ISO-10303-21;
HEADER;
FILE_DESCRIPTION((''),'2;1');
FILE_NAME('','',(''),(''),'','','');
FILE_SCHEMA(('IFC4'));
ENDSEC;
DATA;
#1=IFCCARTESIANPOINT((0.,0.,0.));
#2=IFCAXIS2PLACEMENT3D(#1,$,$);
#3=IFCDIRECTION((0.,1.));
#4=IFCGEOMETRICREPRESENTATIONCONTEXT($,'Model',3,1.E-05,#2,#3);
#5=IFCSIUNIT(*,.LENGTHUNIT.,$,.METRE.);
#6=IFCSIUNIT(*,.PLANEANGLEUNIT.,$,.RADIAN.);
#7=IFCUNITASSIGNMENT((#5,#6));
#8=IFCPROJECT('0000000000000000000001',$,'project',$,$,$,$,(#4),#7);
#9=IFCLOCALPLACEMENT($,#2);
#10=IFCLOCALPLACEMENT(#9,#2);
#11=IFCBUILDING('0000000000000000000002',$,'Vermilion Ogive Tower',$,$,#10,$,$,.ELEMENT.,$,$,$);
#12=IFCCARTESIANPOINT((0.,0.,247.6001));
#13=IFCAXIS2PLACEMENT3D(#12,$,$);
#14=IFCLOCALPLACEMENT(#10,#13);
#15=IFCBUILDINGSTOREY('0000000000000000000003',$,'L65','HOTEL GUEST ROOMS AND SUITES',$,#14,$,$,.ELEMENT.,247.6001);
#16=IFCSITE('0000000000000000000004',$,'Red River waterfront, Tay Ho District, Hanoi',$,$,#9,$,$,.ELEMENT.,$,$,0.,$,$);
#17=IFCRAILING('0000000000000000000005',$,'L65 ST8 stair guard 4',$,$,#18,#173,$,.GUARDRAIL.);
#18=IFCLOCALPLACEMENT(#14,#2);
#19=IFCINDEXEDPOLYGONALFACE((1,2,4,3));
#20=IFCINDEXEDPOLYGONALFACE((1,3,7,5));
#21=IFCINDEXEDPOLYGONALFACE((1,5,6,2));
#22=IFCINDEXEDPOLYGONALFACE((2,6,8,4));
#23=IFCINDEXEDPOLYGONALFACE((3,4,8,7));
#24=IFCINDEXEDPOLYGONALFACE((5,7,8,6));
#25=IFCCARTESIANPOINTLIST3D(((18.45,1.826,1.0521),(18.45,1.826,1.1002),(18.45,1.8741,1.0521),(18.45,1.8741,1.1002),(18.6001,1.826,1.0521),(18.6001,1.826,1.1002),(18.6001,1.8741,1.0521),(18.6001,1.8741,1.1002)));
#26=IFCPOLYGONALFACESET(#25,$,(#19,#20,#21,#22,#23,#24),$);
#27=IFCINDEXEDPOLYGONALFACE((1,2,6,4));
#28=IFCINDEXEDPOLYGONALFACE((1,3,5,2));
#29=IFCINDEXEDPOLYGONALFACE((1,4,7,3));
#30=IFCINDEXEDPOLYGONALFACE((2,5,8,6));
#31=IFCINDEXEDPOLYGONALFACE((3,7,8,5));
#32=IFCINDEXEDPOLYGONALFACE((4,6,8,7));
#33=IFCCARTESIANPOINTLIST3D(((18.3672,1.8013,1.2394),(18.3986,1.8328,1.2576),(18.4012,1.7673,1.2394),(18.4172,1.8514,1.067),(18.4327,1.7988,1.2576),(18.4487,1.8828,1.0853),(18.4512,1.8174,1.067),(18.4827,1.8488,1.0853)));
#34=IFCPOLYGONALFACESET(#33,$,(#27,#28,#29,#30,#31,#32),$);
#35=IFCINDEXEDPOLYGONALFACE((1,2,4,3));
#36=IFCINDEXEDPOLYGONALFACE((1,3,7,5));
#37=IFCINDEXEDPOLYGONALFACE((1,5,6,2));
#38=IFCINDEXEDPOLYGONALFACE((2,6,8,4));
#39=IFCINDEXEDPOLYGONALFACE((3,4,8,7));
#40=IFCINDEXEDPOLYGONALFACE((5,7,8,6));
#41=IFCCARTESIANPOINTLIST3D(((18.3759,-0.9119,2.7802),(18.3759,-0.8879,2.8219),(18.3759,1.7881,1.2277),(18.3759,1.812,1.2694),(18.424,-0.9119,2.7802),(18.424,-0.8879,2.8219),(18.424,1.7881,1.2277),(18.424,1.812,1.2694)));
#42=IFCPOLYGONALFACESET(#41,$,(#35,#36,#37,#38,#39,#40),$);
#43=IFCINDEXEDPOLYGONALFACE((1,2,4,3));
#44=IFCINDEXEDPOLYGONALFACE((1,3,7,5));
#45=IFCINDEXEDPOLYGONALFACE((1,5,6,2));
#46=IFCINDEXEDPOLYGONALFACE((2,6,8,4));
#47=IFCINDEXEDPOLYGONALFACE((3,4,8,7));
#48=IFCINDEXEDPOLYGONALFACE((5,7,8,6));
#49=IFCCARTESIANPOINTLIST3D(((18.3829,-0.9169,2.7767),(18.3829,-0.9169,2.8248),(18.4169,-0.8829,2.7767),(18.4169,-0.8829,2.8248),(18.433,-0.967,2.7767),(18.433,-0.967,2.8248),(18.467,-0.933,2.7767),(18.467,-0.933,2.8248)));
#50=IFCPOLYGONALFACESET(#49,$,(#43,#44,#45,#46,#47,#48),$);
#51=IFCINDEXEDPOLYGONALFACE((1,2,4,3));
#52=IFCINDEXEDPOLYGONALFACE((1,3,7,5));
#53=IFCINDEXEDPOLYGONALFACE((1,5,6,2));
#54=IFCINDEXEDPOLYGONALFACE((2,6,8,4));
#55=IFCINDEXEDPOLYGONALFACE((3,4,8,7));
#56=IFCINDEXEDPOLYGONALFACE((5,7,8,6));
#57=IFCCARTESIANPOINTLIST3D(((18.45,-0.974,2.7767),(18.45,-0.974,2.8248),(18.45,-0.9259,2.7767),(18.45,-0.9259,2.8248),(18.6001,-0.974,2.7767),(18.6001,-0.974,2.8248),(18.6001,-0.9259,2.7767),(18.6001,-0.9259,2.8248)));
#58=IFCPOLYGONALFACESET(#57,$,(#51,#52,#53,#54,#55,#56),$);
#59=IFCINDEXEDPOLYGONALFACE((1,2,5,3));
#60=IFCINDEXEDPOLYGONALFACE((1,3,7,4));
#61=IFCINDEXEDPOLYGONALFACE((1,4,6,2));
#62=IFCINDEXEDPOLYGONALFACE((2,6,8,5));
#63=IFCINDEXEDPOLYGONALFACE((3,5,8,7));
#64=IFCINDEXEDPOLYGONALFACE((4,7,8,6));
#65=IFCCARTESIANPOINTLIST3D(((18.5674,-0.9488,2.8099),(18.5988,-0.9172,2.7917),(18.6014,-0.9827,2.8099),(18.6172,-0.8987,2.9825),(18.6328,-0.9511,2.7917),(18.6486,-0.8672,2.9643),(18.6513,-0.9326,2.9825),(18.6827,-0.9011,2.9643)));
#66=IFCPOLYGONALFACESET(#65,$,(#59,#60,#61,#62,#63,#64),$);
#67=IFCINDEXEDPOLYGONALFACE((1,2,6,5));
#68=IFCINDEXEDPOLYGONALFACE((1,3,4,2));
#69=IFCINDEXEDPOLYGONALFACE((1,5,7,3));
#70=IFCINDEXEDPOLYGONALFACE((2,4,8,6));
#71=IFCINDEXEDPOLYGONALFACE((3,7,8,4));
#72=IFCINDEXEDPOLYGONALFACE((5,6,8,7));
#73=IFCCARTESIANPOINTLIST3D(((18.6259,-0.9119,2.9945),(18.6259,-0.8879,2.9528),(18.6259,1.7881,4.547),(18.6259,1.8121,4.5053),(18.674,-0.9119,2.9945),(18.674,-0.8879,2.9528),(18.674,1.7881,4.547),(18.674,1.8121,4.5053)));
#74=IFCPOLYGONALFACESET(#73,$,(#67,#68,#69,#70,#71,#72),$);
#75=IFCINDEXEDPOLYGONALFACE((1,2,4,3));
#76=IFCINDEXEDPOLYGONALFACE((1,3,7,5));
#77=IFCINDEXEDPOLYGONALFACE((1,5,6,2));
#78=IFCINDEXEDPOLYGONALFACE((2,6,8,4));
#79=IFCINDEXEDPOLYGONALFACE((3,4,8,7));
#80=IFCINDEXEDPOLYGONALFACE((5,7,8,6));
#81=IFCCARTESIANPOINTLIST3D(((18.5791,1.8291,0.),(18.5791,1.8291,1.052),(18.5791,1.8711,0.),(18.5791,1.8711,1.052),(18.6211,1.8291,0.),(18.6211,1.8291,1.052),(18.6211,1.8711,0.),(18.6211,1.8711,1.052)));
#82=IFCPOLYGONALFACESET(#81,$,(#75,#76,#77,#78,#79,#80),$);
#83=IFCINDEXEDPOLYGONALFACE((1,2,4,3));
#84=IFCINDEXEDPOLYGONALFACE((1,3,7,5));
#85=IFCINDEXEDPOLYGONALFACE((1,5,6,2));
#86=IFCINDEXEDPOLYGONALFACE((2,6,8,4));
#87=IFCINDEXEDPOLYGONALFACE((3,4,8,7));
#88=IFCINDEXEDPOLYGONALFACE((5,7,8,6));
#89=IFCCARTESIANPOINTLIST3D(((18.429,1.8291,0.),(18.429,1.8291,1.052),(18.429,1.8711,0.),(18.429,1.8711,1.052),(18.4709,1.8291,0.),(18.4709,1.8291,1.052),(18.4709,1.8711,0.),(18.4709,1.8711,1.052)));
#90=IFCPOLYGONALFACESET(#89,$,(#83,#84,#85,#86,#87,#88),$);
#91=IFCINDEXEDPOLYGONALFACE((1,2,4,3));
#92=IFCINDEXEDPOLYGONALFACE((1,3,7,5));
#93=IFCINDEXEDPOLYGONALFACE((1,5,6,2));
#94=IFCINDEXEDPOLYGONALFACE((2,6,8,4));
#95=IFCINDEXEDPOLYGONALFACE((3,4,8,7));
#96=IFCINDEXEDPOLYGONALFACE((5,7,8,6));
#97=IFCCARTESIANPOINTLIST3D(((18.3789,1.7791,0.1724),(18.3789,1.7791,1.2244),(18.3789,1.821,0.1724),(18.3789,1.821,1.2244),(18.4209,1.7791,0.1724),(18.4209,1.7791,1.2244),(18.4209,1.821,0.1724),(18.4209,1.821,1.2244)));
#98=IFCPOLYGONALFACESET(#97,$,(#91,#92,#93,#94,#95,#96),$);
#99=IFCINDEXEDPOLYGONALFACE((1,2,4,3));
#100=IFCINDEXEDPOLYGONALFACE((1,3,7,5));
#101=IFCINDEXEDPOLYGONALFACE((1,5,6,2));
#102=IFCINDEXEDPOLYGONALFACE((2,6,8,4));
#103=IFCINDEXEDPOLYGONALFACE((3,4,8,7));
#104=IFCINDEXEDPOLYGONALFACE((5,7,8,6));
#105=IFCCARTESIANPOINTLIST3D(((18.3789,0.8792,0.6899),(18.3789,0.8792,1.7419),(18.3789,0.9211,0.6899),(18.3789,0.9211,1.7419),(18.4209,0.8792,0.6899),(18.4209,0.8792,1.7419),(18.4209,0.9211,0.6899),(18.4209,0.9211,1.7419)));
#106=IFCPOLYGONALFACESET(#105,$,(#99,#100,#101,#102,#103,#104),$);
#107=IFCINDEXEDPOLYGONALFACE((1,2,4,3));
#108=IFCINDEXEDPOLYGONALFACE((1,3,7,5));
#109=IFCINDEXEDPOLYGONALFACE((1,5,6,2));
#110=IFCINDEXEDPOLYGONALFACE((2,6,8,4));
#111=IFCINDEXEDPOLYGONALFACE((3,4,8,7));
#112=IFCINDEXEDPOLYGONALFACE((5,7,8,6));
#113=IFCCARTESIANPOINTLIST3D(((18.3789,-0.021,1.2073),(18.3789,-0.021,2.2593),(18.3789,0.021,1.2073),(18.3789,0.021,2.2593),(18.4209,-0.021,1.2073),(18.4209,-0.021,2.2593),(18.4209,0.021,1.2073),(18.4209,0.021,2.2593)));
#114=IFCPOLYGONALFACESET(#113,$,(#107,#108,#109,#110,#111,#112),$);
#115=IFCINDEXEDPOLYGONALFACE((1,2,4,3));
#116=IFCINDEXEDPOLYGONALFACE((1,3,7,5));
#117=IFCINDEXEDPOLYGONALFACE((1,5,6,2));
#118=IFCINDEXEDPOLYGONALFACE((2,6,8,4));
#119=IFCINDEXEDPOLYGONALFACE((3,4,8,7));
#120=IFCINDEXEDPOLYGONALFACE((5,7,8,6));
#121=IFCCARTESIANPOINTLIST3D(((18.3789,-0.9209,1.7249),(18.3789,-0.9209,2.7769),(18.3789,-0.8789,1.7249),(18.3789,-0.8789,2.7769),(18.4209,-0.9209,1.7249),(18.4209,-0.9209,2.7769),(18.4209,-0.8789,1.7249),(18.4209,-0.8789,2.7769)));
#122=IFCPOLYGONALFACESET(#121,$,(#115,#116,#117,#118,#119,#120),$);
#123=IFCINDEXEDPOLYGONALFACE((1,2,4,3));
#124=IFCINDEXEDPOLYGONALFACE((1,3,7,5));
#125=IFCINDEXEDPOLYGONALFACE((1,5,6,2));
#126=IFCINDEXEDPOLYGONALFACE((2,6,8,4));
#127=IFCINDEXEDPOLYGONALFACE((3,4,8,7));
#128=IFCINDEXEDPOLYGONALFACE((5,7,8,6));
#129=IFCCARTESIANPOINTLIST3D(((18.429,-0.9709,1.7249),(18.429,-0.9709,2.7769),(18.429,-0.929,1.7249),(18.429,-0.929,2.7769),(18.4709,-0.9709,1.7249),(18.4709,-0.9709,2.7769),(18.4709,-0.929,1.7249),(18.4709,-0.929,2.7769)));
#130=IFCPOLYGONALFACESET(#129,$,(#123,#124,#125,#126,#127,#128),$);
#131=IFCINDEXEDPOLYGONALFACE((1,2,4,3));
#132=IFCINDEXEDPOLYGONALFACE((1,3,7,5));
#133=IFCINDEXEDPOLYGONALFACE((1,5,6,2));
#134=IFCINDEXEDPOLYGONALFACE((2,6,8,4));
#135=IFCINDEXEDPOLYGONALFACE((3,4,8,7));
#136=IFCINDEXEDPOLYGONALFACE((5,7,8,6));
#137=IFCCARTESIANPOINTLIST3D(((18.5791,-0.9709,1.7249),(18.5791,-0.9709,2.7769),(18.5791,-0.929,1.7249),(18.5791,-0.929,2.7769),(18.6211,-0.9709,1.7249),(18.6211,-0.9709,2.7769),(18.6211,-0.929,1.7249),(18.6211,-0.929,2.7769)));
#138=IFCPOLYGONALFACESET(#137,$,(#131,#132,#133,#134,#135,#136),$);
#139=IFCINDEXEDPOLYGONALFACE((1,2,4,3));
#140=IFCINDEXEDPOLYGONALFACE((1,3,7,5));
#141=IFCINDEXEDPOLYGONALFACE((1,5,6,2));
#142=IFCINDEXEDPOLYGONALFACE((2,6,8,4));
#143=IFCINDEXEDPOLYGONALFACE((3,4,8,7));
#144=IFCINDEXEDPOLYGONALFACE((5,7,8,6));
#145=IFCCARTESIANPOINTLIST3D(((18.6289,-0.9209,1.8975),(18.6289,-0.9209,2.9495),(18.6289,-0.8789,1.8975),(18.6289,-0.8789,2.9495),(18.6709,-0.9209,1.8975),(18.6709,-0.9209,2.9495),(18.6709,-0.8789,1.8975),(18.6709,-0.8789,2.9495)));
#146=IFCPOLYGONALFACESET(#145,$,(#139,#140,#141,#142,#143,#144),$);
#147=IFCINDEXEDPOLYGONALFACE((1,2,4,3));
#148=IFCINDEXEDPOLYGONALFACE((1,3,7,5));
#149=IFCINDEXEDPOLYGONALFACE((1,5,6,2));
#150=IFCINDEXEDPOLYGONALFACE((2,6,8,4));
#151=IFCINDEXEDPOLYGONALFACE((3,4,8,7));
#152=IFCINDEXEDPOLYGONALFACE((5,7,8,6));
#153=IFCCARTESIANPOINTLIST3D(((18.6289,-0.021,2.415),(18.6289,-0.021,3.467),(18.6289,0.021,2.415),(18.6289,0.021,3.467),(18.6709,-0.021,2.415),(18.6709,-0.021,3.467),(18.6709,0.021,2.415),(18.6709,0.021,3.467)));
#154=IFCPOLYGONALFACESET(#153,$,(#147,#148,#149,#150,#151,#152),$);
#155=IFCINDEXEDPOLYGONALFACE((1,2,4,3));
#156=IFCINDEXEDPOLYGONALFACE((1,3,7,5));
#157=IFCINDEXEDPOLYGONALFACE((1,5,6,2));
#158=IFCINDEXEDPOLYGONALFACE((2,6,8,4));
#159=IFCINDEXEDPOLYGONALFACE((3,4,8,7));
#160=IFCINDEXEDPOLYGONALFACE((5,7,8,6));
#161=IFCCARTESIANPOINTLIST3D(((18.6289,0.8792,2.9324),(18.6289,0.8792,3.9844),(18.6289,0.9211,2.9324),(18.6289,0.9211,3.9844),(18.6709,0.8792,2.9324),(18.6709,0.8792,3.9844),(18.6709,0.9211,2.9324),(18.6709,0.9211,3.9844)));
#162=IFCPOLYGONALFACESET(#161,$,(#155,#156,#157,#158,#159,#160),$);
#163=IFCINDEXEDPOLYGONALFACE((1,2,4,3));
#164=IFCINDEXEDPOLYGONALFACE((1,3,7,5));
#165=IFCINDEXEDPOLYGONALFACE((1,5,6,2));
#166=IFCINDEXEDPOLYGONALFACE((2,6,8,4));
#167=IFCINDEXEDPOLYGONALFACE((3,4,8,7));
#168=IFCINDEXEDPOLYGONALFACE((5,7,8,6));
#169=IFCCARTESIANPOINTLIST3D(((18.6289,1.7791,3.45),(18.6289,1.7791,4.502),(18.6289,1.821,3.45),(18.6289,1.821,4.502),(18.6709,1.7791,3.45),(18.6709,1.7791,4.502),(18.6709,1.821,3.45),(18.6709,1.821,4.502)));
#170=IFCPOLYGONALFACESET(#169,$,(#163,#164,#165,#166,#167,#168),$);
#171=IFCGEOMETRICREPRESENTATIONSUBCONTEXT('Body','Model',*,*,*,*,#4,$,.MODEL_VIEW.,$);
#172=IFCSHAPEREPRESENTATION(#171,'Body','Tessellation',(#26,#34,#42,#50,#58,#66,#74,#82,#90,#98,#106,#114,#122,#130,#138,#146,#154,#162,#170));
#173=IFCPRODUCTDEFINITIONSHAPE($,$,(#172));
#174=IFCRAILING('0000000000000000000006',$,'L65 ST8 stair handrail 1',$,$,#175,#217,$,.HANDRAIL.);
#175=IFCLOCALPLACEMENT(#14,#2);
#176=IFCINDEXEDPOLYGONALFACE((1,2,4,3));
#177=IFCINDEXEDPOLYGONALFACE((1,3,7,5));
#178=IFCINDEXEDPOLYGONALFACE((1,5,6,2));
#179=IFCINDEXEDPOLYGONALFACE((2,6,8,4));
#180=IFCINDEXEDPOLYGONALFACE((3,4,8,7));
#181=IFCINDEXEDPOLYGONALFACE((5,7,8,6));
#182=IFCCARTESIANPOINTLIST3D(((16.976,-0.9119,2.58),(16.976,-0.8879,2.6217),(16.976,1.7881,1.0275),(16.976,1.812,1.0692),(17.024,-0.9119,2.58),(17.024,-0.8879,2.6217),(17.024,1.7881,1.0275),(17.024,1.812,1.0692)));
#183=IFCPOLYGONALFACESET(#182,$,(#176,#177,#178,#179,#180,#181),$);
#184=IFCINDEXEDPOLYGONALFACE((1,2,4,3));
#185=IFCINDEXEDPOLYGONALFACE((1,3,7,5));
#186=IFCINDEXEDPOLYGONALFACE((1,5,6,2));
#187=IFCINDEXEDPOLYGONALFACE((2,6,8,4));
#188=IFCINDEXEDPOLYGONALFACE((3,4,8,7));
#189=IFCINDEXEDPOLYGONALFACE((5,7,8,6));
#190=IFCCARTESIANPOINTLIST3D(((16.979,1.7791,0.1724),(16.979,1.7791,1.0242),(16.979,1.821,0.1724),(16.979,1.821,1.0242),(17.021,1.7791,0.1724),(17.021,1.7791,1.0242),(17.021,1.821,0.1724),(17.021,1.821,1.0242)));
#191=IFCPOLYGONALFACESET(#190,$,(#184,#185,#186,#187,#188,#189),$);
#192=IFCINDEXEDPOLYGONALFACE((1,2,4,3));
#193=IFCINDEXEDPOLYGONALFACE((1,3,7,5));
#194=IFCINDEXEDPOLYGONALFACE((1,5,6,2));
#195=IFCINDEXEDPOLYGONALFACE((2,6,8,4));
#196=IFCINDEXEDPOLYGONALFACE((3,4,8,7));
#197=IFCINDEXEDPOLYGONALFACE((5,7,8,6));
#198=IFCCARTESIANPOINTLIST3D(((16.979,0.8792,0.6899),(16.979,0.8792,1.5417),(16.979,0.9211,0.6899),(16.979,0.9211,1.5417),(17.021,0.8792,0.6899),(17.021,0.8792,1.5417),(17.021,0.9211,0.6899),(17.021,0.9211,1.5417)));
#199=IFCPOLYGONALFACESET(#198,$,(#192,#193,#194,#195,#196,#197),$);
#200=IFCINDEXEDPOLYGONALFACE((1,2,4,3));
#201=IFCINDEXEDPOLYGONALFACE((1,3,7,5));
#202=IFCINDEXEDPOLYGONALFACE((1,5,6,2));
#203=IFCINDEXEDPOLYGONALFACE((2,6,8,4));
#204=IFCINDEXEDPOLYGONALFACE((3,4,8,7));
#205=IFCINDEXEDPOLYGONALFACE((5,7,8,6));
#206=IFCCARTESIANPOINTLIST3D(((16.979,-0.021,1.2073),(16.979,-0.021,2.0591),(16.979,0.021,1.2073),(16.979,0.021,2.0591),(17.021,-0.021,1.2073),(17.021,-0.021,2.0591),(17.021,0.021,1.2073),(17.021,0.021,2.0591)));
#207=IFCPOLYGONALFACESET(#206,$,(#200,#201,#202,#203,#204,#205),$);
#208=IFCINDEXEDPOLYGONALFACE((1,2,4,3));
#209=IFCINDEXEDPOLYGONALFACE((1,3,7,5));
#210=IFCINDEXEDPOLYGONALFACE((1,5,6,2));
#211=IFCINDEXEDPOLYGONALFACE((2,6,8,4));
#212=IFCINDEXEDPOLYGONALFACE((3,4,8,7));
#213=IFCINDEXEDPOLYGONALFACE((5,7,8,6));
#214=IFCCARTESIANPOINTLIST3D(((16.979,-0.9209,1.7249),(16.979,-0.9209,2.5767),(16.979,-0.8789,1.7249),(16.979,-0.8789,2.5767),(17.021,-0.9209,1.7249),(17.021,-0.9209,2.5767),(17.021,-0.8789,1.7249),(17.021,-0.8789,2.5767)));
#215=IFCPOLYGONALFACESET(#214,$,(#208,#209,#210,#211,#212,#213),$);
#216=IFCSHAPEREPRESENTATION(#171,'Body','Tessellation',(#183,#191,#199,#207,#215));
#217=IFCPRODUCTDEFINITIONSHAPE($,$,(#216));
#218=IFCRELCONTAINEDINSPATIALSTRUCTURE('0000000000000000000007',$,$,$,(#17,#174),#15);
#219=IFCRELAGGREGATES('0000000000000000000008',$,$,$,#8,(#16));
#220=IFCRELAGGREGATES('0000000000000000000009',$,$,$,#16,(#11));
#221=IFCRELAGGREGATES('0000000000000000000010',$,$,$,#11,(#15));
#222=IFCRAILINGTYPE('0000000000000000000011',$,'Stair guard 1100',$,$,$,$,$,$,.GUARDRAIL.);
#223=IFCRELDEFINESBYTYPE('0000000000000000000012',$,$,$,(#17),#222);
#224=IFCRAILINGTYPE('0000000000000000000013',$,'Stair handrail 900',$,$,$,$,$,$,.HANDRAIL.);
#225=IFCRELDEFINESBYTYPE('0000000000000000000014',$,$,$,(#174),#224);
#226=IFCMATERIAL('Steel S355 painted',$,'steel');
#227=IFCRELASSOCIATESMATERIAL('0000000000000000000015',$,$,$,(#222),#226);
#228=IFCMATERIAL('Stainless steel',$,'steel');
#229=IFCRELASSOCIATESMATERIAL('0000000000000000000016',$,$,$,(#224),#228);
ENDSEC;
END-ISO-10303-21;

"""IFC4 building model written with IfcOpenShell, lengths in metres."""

from ifc_helpers import new_model, si_unit, direction, frame, origin, origin_2d, place, context, subcontext, project, spatial, rectangle, extrude, material, type_object, element, save


model = new_model("IFC4")

# Units and contexts
model_context = context("Model", 3, precision=1e-05, world=origin(), true_north=direction((0.0, 1.0)))
body_context = subcontext(model_context, "Body", "Model", "MODEL_VIEW")
ifc_project = project(units=[si_unit("LENGTHUNIT", "METRE"), si_unit("PLANEANGLEUNIT", "RADIAN")], contexts=[model_context])

# Site, building, storey
site_placement = place(None, origin())
site = spatial("IfcSite", under=ifc_project, at=site_placement, Name="Red River waterfront, Tay Ho District, Hanoi", CompositionType="ELEMENT", RefElevation=0.0)
building_placement = place(site_placement, origin())
building = spatial("IfcBuilding", under=site, at=building_placement, Name="Vermilion Ogive Tower", CompositionType="ELEMENT")
storey_placement = place(building_placement, frame((0.0, 0.0, 247.6001)))
storey = spatial("IfcBuildingStorey", under=building, at=storey_placement, Name="L65", Description="HOTEL GUEST ROOMS AND SUITES", CompositionType="ELEMENT", Elevation=247.6001)

# Railings
ifc_material_1 = material(Name="Steel S355 painted", Category="steel")
railing_type_1 = type_object("IfcRailingType", Name="Stair guard 1100", PredefinedType="GUARDRAIL", material=ifc_material_1)
railing_1_placement = place(storey_placement, frame((18.6001, 1.8501, 0.0)))
element("IfcRailing", 1, at=railing_1_placement, inside=storey, type_object=railing_type_1, Name="L65 ST8 stair guard 4", PredefinedType="GUARDRAIL", context=body_context, shape_type="SweptSolid", body=[
    extrude(rectangle(XDim=0.0481, YDim=0.0481, at=origin_2d()), frame((0.0, 0.0, 1.0762), z_axis=(-1.0, 0.0, 0.0), x_axis=(0.0, -1.0, 0.0)), (0.0, 0.0, 1.0), 0.1501),
    extrude(rectangle(XDim=0.0481, YDim=0.0481, at=origin_2d()), frame((-0.1501, 0.0, 1.0762), z_axis=(-0.268603, -0.268603, 0.925043), x_axis=(0.707107, -0.707107, 0.0)), (0.0, 0.0, 1.0), 0.1863),
    extrude(rectangle(XDim=0.0481, YDim=0.0481, at=origin_2d()), frame((-0.2002, -0.05, 1.2485), z_axis=(0.0, -0.866904, 0.498476), x_axis=(1.0, 0.0, 0.0)), (0.0, 0.0, 1.0), 3.1145),
    extrude(rectangle(XDim=0.0481, YDim=0.0481, at=origin_2d()), frame((-0.2002, -2.75, 2.8008), z_axis=(0.707107, -0.707107, 0.0), x_axis=(0.707107, 0.707107, 0.0)), (0.0, 0.0, 1.0), 0.0708),
    extrude(rectangle(XDim=0.0481, YDim=0.0481, at=origin_2d()), frame((-0.1501, -2.8, 2.8008), z_axis=(1.0, 0.0, 0.0), x_axis=(0.0, 1.0, 0.0)), (0.0, 0.0, 1.0), 0.1501),
    extrude(rectangle(XDim=0.0481, YDim=0.0481, at=origin_2d()), frame((0.0, -2.8, 2.8008), z_axis=(0.267063, 0.268372, 0.925556), x_axis=(-0.708834, 0.705376, 0.0)), (0.0, 0.0, 1.0), 0.1865),
    extrude(rectangle(XDim=0.0481, YDim=0.0481, at=origin_2d()), frame((0.0498, -2.75, 2.9736), z_axis=(0.0, 0.866904, 0.498476), x_axis=(-1.0, 0.0, 0.0)), (0.0, 0.0, 1.0), 3.1145),
    extrude(rectangle(XDim=0.042, YDim=0.042, at=origin_2d()), origin(), (0.0, 0.0, 1.0), 1.052),
    extrude(rectangle(XDim=0.042, YDim=0.042, at=origin_2d()), frame((-0.1501, 0.0, 0.0)), (0.0, 0.0, 1.0), 1.052),
    extrude(rectangle(XDim=0.042, YDim=0.042, at=origin_2d()), frame((-0.2002, -0.05, 0.1724)), (0.0, 0.0, 1.0), 1.052),
    extrude(rectangle(XDim=0.042, YDim=0.042, at=origin_2d()), frame((-0.2002, -0.95, 0.6899)), (0.0, 0.0, 1.0), 1.052),
    extrude(rectangle(XDim=0.042, YDim=0.042, at=origin_2d()), frame((-0.2002, -1.8501, 1.2073)), (0.0, 0.0, 1.0), 1.052),
    extrude(rectangle(XDim=0.042, YDim=0.042, at=origin_2d()), frame((-0.2002, -2.75, 1.7249)), (0.0, 0.0, 1.0), 1.052),
    extrude(rectangle(XDim=0.042, YDim=0.042, at=origin_2d()), frame((-0.1501, -2.8, 1.7249)), (0.0, 0.0, 1.0), 1.052),
    extrude(rectangle(XDim=0.042, YDim=0.042, at=origin_2d()), frame((0.0, -2.8, 1.7249)), (0.0, 0.0, 1.0), 1.052),
    extrude(rectangle(XDim=0.042, YDim=0.042, at=origin_2d()), frame((0.0498, -2.75, 1.8975)), (0.0, 0.0, 1.0), 1.052),
    extrude(rectangle(XDim=0.042, YDim=0.042, at=origin_2d()), frame((0.0498, -1.8501, 2.415)), (0.0, 0.0, 1.0), 1.052),
    extrude(rectangle(XDim=0.042, YDim=0.042, at=origin_2d()), frame((0.0498, -0.95, 2.9324)), (0.0, 0.0, 1.0), 1.052),
    extrude(rectangle(XDim=0.042, YDim=0.042, at=origin_2d()), frame((0.0498, -0.05, 3.45)), (0.0, 0.0, 1.0), 1.052),
])
ifc_material_2 = material(Name="Stainless steel", Category="steel")
railing_type_2 = type_object("IfcRailingType", Name="Stair handrail 900", PredefinedType="HANDRAIL", material=ifc_material_2)
railing_2_placement = place(storey_placement, frame((17.0, 1.8, 0.1724)))
element("IfcRailing", 2, at=railing_2_placement, inside=storey, type_object=railing_type_2, Name="L65 ST8 stair handrail 1", PredefinedType="HANDRAIL", context=body_context, shape_type="SweptSolid", body=[
    extrude(rectangle(XDim=0.0481, YDim=0.0481, at=origin_2d()), frame((0.0, 0.0, 0.876), z_axis=(0.0, -0.866904, 0.498476), x_axis=(1.0, 0.0, 0.0)), (0.0, 0.0, 1.0), 3.1145),
    extrude(rectangle(XDim=0.042, YDim=0.042, at=origin_2d()), origin(), (0.0, 0.0, 1.0), 0.8518),
    extrude(rectangle(XDim=0.042, YDim=0.042, at=origin_2d()), frame((0.0, -0.8999, 0.5176)), (0.0, 0.0, 1.0), 0.8518),
    extrude(rectangle(XDim=0.042, YDim=0.042, at=origin_2d()), frame((0.0, -1.8, 1.0349)), (0.0, 0.0, 1.0), 0.8518),
    extrude(rectangle(XDim=0.042, YDim=0.042, at=origin_2d()), frame((0.0, -2.7, 1.5525)), (0.0, 0.0, 1.0), 0.8518),
])

save(model, "model.ifc")
